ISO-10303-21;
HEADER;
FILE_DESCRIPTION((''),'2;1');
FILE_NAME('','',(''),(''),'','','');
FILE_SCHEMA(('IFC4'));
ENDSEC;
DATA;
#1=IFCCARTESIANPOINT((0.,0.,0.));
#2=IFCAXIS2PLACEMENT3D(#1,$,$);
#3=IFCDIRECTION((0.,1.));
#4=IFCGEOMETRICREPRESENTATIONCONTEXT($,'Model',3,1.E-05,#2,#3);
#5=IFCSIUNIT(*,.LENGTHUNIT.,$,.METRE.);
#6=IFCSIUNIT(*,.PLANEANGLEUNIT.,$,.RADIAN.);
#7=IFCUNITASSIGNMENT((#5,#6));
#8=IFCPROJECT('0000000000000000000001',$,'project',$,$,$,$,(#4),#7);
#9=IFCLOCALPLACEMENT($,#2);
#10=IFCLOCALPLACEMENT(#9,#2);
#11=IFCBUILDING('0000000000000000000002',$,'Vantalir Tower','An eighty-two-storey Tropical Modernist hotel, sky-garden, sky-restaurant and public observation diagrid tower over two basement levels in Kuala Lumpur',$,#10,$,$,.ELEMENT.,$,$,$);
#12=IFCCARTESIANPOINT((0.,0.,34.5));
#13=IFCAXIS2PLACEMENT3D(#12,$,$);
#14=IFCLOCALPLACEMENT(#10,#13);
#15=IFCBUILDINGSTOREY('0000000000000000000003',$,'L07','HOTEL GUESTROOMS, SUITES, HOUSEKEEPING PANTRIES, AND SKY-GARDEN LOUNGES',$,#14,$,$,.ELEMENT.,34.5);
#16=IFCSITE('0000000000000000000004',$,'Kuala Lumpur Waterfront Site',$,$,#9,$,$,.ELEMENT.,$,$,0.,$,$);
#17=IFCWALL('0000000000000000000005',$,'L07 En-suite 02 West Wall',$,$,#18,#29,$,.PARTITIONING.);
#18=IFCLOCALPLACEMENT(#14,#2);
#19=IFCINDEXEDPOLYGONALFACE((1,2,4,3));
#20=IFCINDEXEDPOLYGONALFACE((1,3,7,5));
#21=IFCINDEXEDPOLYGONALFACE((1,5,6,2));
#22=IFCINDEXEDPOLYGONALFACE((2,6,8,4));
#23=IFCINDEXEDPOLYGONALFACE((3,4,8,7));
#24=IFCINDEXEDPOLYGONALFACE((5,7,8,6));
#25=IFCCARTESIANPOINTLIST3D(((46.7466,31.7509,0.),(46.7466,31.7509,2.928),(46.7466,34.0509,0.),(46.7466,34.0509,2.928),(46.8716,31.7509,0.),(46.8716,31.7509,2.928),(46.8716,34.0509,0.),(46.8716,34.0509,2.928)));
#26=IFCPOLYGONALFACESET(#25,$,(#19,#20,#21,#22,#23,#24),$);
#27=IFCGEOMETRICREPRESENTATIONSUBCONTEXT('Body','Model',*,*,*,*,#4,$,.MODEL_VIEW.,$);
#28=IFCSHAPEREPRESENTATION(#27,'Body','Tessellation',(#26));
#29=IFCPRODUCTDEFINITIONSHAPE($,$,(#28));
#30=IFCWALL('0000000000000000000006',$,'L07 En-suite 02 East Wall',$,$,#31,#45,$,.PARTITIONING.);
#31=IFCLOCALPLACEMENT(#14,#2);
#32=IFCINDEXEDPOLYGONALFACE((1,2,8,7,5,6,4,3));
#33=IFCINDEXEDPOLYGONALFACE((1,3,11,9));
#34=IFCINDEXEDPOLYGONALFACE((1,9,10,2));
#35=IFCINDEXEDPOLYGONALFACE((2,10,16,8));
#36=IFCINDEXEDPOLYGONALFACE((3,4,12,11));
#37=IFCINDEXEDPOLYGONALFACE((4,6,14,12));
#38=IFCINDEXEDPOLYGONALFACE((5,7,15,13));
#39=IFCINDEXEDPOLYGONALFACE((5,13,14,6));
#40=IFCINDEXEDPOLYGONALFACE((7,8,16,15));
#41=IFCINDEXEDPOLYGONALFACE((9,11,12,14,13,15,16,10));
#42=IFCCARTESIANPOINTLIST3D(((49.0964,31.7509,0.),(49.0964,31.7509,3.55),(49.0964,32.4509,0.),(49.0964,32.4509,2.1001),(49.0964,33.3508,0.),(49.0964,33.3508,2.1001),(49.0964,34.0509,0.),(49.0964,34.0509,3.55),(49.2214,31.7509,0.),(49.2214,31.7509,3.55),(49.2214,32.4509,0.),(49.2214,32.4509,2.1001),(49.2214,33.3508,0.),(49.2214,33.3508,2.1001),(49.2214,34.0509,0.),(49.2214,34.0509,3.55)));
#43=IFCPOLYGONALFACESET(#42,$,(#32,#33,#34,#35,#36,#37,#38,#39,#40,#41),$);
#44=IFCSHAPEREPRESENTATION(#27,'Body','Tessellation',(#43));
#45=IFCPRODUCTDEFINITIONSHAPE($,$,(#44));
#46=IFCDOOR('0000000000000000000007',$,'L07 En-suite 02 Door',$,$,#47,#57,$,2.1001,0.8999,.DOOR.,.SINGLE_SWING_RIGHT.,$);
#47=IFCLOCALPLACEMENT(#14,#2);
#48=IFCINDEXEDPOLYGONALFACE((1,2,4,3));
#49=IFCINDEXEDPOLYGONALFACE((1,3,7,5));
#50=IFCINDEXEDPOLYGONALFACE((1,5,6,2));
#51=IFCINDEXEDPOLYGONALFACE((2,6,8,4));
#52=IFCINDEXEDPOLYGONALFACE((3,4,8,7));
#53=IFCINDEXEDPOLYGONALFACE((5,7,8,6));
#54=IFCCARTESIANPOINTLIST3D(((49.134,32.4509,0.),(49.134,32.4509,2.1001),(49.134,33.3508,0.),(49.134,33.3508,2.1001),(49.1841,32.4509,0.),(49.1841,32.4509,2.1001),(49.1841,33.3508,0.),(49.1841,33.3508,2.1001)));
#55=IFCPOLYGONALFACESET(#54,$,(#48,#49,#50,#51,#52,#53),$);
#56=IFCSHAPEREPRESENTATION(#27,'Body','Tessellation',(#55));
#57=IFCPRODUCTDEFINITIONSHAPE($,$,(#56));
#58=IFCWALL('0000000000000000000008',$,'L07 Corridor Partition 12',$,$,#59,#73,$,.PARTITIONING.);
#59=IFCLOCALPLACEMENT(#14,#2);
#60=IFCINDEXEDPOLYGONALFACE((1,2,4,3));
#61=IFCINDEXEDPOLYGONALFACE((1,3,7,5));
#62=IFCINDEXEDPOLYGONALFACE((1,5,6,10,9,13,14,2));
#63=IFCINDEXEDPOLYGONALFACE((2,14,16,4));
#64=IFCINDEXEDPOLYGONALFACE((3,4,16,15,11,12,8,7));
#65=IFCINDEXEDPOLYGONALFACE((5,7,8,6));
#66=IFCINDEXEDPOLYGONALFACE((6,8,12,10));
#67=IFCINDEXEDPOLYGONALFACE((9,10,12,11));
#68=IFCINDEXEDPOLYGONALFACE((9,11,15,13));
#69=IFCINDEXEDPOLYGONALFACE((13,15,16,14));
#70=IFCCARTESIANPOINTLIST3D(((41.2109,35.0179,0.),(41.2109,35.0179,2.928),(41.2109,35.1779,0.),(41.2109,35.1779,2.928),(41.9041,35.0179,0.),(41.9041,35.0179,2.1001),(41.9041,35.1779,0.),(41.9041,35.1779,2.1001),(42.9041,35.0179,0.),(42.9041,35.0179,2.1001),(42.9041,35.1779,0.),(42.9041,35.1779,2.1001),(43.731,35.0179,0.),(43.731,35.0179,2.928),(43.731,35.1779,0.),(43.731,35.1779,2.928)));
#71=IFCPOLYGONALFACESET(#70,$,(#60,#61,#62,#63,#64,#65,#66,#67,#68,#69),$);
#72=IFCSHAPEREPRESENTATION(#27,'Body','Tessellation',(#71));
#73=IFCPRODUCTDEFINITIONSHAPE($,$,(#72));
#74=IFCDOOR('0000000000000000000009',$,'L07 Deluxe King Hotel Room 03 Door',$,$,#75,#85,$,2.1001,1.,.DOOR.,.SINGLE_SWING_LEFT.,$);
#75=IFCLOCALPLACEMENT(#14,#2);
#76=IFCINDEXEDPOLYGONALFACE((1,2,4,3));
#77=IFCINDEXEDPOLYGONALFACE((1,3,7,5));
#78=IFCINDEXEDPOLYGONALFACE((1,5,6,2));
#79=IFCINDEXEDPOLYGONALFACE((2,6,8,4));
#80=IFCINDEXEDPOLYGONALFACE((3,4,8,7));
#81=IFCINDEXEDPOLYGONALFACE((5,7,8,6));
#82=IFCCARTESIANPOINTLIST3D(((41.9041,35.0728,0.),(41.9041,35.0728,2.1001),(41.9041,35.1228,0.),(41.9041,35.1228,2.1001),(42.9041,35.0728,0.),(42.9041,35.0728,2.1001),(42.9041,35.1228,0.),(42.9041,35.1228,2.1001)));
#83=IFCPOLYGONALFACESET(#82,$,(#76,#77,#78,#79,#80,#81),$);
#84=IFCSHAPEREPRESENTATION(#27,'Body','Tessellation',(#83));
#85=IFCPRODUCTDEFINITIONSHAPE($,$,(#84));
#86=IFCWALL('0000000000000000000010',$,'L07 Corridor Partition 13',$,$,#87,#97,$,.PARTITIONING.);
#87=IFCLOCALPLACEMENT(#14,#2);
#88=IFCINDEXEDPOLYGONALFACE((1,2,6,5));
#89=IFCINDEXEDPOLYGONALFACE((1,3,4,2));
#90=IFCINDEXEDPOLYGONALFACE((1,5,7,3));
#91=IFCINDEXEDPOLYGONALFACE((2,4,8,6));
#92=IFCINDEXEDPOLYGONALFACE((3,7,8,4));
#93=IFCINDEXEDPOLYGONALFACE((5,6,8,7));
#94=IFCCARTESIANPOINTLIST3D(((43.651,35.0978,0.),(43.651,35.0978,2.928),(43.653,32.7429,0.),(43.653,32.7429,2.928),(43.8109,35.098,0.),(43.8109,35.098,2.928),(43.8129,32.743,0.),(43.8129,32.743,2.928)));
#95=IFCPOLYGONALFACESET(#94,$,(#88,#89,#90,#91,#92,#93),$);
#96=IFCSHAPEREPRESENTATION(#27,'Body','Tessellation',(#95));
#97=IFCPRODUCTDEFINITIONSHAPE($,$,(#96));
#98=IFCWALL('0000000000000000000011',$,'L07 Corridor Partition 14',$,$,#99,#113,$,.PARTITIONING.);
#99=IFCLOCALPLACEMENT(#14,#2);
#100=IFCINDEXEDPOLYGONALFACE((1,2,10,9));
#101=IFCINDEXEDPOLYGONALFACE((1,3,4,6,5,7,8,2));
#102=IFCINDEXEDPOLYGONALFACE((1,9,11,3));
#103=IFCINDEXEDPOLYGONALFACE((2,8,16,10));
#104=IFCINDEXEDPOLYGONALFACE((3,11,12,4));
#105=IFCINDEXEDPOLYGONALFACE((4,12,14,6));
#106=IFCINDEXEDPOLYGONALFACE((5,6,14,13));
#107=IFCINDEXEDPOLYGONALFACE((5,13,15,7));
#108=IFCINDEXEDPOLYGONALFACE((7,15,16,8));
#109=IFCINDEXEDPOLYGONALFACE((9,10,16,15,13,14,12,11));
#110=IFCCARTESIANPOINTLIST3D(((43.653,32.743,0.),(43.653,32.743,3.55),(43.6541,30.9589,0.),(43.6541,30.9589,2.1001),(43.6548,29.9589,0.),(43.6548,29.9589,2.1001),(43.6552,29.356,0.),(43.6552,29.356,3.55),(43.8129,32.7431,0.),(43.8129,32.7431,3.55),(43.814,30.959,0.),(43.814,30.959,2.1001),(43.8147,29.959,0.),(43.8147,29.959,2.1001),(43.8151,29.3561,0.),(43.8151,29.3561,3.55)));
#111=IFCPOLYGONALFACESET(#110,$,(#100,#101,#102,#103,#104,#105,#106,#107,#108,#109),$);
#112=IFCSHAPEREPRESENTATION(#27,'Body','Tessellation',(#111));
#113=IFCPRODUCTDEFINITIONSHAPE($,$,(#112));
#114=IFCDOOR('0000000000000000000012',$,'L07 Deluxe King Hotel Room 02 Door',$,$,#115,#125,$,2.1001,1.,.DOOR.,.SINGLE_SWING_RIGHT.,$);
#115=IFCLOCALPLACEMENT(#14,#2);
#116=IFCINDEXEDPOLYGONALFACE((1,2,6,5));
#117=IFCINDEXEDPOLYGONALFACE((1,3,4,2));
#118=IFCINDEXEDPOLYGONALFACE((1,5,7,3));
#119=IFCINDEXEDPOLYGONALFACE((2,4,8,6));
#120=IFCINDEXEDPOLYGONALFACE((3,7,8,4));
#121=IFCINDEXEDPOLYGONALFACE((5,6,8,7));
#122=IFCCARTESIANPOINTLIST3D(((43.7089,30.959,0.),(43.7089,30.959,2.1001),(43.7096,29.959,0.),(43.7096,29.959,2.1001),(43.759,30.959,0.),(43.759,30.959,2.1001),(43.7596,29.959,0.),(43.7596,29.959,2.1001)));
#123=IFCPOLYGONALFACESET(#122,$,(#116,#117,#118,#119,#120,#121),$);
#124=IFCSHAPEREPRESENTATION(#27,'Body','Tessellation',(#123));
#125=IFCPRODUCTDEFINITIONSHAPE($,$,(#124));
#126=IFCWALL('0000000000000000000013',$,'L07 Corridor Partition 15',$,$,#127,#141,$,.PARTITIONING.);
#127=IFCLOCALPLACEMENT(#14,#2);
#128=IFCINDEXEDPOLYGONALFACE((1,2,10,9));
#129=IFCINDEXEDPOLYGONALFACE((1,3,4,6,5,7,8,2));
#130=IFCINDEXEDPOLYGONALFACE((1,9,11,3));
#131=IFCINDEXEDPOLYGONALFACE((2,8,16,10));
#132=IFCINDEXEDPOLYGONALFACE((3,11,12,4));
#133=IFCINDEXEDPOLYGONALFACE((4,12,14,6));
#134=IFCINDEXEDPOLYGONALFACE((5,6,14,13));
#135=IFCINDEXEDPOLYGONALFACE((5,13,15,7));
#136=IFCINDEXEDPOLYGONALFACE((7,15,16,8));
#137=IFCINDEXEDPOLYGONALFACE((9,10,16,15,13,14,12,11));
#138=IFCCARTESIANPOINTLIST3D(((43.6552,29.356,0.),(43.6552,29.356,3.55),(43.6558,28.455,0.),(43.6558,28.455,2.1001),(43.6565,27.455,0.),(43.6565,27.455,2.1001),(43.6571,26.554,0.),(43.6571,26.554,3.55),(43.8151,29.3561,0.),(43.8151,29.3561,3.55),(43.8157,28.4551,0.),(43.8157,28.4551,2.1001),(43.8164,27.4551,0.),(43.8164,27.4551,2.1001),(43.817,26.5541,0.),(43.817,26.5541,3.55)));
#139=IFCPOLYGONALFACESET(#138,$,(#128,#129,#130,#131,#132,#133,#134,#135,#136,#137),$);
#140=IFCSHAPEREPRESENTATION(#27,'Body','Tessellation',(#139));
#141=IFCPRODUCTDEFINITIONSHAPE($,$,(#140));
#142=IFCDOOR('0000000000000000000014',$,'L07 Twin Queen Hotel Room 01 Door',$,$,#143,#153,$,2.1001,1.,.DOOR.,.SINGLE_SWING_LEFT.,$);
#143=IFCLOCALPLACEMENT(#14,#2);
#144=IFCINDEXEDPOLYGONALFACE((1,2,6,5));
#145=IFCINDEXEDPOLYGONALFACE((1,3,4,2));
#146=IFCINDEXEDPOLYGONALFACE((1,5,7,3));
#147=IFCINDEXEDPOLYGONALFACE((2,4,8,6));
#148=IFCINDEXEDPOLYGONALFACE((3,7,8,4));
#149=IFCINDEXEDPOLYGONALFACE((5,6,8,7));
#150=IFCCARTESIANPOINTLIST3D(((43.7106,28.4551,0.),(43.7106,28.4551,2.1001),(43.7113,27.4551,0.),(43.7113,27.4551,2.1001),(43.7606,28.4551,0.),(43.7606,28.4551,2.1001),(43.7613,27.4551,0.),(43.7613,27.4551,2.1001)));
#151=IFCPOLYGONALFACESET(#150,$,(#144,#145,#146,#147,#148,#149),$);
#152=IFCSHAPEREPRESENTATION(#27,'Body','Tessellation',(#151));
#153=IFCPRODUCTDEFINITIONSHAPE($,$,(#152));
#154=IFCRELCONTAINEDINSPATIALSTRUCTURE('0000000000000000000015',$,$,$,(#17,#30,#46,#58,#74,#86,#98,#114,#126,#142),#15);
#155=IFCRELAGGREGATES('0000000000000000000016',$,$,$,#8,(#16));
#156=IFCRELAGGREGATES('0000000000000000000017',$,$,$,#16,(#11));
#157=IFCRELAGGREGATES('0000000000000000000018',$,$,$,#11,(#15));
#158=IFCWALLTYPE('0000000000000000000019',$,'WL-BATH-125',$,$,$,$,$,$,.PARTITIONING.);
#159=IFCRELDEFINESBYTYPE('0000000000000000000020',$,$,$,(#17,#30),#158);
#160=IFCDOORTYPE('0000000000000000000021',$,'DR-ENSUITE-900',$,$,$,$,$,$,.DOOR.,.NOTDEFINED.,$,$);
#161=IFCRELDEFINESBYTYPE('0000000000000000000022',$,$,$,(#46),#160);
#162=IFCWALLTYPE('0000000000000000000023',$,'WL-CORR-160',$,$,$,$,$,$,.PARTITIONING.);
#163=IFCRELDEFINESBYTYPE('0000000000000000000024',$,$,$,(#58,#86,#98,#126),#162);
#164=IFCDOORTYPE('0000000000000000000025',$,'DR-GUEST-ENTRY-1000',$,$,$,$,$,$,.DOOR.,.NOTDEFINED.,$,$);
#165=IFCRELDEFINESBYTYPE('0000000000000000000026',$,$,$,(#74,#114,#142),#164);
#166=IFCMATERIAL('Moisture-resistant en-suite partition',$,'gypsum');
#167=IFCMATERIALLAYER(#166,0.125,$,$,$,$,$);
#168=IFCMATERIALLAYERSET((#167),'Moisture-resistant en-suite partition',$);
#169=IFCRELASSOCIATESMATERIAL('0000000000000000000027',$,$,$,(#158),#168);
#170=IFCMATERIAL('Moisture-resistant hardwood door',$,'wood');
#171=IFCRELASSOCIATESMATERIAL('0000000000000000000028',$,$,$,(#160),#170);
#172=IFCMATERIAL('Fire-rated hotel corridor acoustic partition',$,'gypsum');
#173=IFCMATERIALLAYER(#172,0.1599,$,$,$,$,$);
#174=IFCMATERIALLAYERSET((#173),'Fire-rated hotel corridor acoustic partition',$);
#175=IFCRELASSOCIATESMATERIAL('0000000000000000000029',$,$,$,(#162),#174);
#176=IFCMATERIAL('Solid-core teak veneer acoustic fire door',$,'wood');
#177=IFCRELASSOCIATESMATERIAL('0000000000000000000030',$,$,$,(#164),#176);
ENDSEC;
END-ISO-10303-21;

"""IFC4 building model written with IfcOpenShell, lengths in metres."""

from ifc_helpers import new_model, si_unit, direction, frame, frame_2d, origin, place, context, subcontext, project, spatial, rectangle, extrude, material, layer, layer_set, type_object, element, fill, save


model = new_model("IFC4")

# Units and contexts
model_context = context("Model", 3, precision=1e-05, world=origin(), true_north=direction((0.0, 1.0)))
body_context = subcontext(model_context, "Body", "Model", "MODEL_VIEW")
ifc_project = project(units=[si_unit("LENGTHUNIT", "METRE"), si_unit("PLANEANGLEUNIT", "RADIAN")], contexts=[model_context])

# Site, building, storey
site_placement = place(None, origin())
site = spatial("IfcSite", under=ifc_project, at=site_placement, Name="Kuala Lumpur Waterfront Site", CompositionType="ELEMENT", RefElevation=0.0)
building_placement = place(site_placement, origin())
building = spatial("IfcBuilding", under=site, at=building_placement, Name="Vantalir Tower", Description="An eighty-two-storey Tropical Modernist hotel, sky-garden, sky-restaurant and public observation diagrid tower over two basement levels in Kuala Lumpur", CompositionType="ELEMENT")
storey_placement = place(building_placement, frame((0.0, 0.0, 34.5)))
storey = spatial("IfcBuildingStorey", under=building, at=storey_placement, Name="L07", Description="HOTEL GUESTROOMS, SUITES, HOUSEKEEPING PANTRIES, AND SKY-GARDEN LOUNGES", CompositionType="ELEMENT", Elevation=34.5)

# Shared definitions
ifc_material_1 = material(Name="Moisture-resistant en-suite partition", Category="gypsum")
ifc_layer_1 = layer(ifc_material_1, 0.125)
ifc_layer_set_1 = layer_set([ifc_layer_1], Name="Moisture-resistant en-suite partition")
wall_type_1 = type_object("IfcWallType", Name="WL-BATH-125", PredefinedType="PARTITIONING", material=ifc_layer_set_1)

# Shared definitions
ifc_material_2 = material(Name="Moisture-resistant hardwood door", Category="wood")
door_type_1 = type_object("IfcDoorType", Name="DR-ENSUITE-900", OperationType="NOTDEFINED", PredefinedType="DOOR", material=ifc_material_2)

# Wall
wall_1_placement = place(storey_placement, frame((46.8091, 31.751, 0.0), z_axis=(0.0, 0.0, 1.0), x_axis=(0.0, 1.0, 0.0)))
element("IfcWall", 1, at=wall_1_placement, inside=storey, type_object=wall_type_1, Name="L07 En-suite 02 West Wall", PredefinedType="PARTITIONING", context=body_context, shape_type="SweptSolid", body=[
    extrude(rectangle(XDim=2.3, YDim=0.125, at=frame_2d((1.1499, 0.0))), origin(), (0.0, 0.0, 1.0), 2.928),
])

# Walls, openings, doors
wall_2_placement = place(storey_placement, frame((49.1589, 31.751, 0.0), z_axis=(0.0, 0.0, 1.0), x_axis=(0.0, 1.0, 0.0)))
wall_2 = element("IfcWall", 2, at=wall_2_placement, inside=storey, type_object=wall_type_1, Name="L07 En-suite 02 East Wall", PredefinedType="PARTITIONING", context=body_context, shape_type="SweptSolid", body=[
    extrude(rectangle(XDim=2.3, YDim=0.125, at=frame_2d((1.1499, 0.0))), origin(), (0.0, 0.0, 1.0), 3.55),
])
opening_1_placement = place(wall_2_placement, frame((0.7, 0.0, 0.0)))
opening_1 = element("IfcOpeningElement", 3, at=opening_1_placement, cuts=wall_2, PredefinedType="OPENING", context=body_context, shape_type="SweptSolid", body=[
    extrude(rectangle(XDim=0.8999, YDim=2.1001, at=frame_2d((0.45, 1.05))), frame((0.0, 0.0725, 0.0), z_axis=(0.0, -1.0, 0.0), x_axis=(1.0, 0.0, 0.0)), (0.0, 0.0, 1.0), 0.145),
])
door_1_placement = place(opening_1_placement, origin())
door_1 = element("IfcDoor", 4, at=door_1_placement, inside=storey, type_object=door_type_1, Name="L07 En-suite 02 Door", OperationType="SINGLE_SWING_RIGHT", OverallHeight=2.1001, OverallWidth=0.8999, PredefinedType="DOOR", context=body_context, shape_type="SweptSolid", body=[
    extrude(rectangle(XDim=0.8999, YDim=2.1001, at=frame_2d((0.45, 1.05))), frame((0.0, 0.0249, 0.0), z_axis=(0.0, -1.0, 0.0), x_axis=(1.0, 0.0, 0.0)), (0.0, 0.0, 1.0), 0.05),
])
fill(opening_1, door_1)
ifc_material_3 = material(Name="Fire-rated hotel corridor acoustic partition", Category="gypsum")
ifc_layer_2 = layer(ifc_material_3, 0.1599)
ifc_layer_set_2 = layer_set([ifc_layer_2], Name="Fire-rated hotel corridor acoustic partition")
wall_type_2 = type_object("IfcWallType", Name="WL-CORR-160", PredefinedType="PARTITIONING", material=ifc_layer_set_2)
wall_3_placement = place(storey_placement, frame((41.2109, 35.0979, 0.0), z_axis=(0.0, 0.0, 1.0), x_axis=(1.0, 0.0, 0.0)))
wall_3 = element("IfcWall", 5, at=wall_3_placement, inside=storey, type_object=wall_type_2, Name="L07 Corridor Partition 12", PredefinedType="PARTITIONING", context=body_context, shape_type="SweptSolid", body=[
    extrude(rectangle(XDim=2.52, YDim=0.1599, at=frame_2d((1.26, 0.0))), origin(), (0.0, 0.0, 1.0), 2.928),
])
opening_2_placement = place(wall_3_placement, frame((0.6931, 0.0, 0.0)))
opening_2 = element("IfcOpeningElement", 6, at=opening_2_placement, cuts=wall_3, PredefinedType="OPENING", context=body_context, shape_type="SweptSolid", body=[
    extrude(rectangle(XDim=1.0, YDim=2.1001, at=frame_2d((0.5, 1.05))), frame((0.0, 0.0898, 0.0), z_axis=(0.0, -1.0, 0.0), x_axis=(1.0, 0.0, 0.0)), (0.0, 0.0, 1.0), 0.1799),
])
ifc_material_4 = material(Name="Solid-core teak veneer acoustic fire door", Category="wood")
door_type_2 = type_object("IfcDoorType", Name="DR-GUEST-ENTRY-1000", OperationType="NOTDEFINED", PredefinedType="DOOR", material=ifc_material_4)
door_2_placement = place(opening_2_placement, origin())
door_2 = element("IfcDoor", 7, at=door_2_placement, inside=storey, type_object=door_type_2, Name="L07 Deluxe King Hotel Room 03 Door", OperationType="SINGLE_SWING_LEFT", OverallHeight=2.1001, OverallWidth=1.0, PredefinedType="DOOR", context=body_context, shape_type="SweptSolid", body=[
    extrude(rectangle(XDim=1.0, YDim=2.1001, at=frame_2d((0.5, 1.05))), frame((0.0, 0.0249, 0.0), z_axis=(0.0, -1.0, 0.0), x_axis=(1.0, 0.0, 0.0)), (0.0, 0.0, 1.0), 0.05),
])
fill(opening_2, door_2)

# Wall
wall_4_placement = place(storey_placement, frame((43.731, 35.0979, 0.0), z_axis=(0.0, 0.0, 1.0), x_axis=(0.000829, -1.0, 0.0)))
element("IfcWall", 8, at=wall_4_placement, inside=storey, type_object=wall_type_2, Name="L07 Corridor Partition 13", PredefinedType="PARTITIONING", context=body_context, shape_type="SweptSolid", body=[
    extrude(rectangle(XDim=2.355, YDim=0.1599, at=frame_2d((1.1775, 0.0))), origin(), (0.0, 0.0, 1.0), 2.928),
])

# Walls, openings, doors
wall_5_placement = place(storey_placement, frame((43.7329, 32.7429, 0.0), z_axis=(0.0, 0.0, 1.0), x_axis=(0.000649, -1.0, 0.0)))
wall_5 = element("IfcWall", 9, at=wall_5_placement, inside=storey, type_object=wall_type_2, Name="L07 Corridor Partition 14", PredefinedType="PARTITIONING", context=body_context, shape_type="SweptSolid", body=[
    extrude(rectangle(XDim=3.387, YDim=0.1599, at=frame_2d((1.6934, 0.0))), origin(), (0.0, 0.0, 1.0), 3.55),
])
opening_3_placement = place(wall_5_placement, frame((1.7839, 0.0, 0.0)))
opening_3 = element("IfcOpeningElement", 10, at=opening_3_placement, cuts=wall_5, PredefinedType="OPENING", context=body_context, shape_type="SweptSolid", body=[
    extrude(rectangle(XDim=1.0, YDim=2.1001, at=frame_2d((0.5, 1.05))), frame((0.0, 0.0898, 0.0), z_axis=(0.0, -1.0, 0.0), x_axis=(1.0, 0.0, 0.0)), (0.0, 0.0, 1.0), 0.1799),
])
door_3_placement = place(opening_3_placement, origin())
door_3 = element("IfcDoor", 11, at=door_3_placement, inside=storey, type_object=door_type_2, Name="L07 Deluxe King Hotel Room 02 Door", OperationType="SINGLE_SWING_RIGHT", OverallHeight=2.1001, OverallWidth=1.0, PredefinedType="DOOR", context=body_context, shape_type="SweptSolid", body=[
    extrude(rectangle(XDim=1.0, YDim=2.1001, at=frame_2d((0.5, 1.05))), frame((0.0, 0.0249, 0.0), z_axis=(0.0, -1.0, 0.0), x_axis=(1.0, 0.0, 0.0)), (0.0, 0.0, 1.0), 0.05),
])
fill(opening_3, door_3)
wall_6_placement = place(storey_placement, frame((43.7351, 29.356, 0.0), z_axis=(0.0, 0.0, 1.0), x_axis=(0.000697, -1.0, 0.0)))
wall_6 = element("IfcWall", 12, at=wall_6_placement, inside=storey, type_object=wall_type_2, Name="L07 Corridor Partition 15", PredefinedType="PARTITIONING", context=body_context, shape_type="SweptSolid", body=[
    extrude(rectangle(XDim=2.802, YDim=0.1599, at=frame_2d((1.4009, 0.0))), origin(), (0.0, 0.0, 1.0), 3.55),
])
opening_4_placement = place(wall_6_placement, frame((0.9009, 0.0, 0.0)))
opening_4 = element("IfcOpeningElement", 13, at=opening_4_placement, cuts=wall_6, PredefinedType="OPENING", context=body_context, shape_type="SweptSolid", body=[
    extrude(rectangle(XDim=1.0, YDim=2.1001, at=frame_2d((0.5, 1.05))), frame((0.0, 0.0898, 0.0), z_axis=(0.0, -1.0, 0.0), x_axis=(1.0, 0.0, 0.0)), (0.0, 0.0, 1.0), 0.1799),
])
door_4_placement = place(opening_4_placement, origin())
door_4 = element("IfcDoor", 14, at=door_4_placement, inside=storey, type_object=door_type_2, Name="L07 Twin Queen Hotel Room 01 Door", OperationType="SINGLE_SWING_LEFT", OverallHeight=2.1001, OverallWidth=1.0, PredefinedType="DOOR", context=body_context, shape_type="SweptSolid", body=[
    extrude(rectangle(XDim=1.0, YDim=2.1001, at=frame_2d((0.5, 1.05))), frame((0.0, 0.0249, 0.0), z_axis=(0.0, -1.0, 0.0), x_axis=(1.0, 0.0, 0.0)), (0.0, 0.0, 1.0), 0.05),
])
fill(opening_4, door_4)

save(model, "model.ifc")
